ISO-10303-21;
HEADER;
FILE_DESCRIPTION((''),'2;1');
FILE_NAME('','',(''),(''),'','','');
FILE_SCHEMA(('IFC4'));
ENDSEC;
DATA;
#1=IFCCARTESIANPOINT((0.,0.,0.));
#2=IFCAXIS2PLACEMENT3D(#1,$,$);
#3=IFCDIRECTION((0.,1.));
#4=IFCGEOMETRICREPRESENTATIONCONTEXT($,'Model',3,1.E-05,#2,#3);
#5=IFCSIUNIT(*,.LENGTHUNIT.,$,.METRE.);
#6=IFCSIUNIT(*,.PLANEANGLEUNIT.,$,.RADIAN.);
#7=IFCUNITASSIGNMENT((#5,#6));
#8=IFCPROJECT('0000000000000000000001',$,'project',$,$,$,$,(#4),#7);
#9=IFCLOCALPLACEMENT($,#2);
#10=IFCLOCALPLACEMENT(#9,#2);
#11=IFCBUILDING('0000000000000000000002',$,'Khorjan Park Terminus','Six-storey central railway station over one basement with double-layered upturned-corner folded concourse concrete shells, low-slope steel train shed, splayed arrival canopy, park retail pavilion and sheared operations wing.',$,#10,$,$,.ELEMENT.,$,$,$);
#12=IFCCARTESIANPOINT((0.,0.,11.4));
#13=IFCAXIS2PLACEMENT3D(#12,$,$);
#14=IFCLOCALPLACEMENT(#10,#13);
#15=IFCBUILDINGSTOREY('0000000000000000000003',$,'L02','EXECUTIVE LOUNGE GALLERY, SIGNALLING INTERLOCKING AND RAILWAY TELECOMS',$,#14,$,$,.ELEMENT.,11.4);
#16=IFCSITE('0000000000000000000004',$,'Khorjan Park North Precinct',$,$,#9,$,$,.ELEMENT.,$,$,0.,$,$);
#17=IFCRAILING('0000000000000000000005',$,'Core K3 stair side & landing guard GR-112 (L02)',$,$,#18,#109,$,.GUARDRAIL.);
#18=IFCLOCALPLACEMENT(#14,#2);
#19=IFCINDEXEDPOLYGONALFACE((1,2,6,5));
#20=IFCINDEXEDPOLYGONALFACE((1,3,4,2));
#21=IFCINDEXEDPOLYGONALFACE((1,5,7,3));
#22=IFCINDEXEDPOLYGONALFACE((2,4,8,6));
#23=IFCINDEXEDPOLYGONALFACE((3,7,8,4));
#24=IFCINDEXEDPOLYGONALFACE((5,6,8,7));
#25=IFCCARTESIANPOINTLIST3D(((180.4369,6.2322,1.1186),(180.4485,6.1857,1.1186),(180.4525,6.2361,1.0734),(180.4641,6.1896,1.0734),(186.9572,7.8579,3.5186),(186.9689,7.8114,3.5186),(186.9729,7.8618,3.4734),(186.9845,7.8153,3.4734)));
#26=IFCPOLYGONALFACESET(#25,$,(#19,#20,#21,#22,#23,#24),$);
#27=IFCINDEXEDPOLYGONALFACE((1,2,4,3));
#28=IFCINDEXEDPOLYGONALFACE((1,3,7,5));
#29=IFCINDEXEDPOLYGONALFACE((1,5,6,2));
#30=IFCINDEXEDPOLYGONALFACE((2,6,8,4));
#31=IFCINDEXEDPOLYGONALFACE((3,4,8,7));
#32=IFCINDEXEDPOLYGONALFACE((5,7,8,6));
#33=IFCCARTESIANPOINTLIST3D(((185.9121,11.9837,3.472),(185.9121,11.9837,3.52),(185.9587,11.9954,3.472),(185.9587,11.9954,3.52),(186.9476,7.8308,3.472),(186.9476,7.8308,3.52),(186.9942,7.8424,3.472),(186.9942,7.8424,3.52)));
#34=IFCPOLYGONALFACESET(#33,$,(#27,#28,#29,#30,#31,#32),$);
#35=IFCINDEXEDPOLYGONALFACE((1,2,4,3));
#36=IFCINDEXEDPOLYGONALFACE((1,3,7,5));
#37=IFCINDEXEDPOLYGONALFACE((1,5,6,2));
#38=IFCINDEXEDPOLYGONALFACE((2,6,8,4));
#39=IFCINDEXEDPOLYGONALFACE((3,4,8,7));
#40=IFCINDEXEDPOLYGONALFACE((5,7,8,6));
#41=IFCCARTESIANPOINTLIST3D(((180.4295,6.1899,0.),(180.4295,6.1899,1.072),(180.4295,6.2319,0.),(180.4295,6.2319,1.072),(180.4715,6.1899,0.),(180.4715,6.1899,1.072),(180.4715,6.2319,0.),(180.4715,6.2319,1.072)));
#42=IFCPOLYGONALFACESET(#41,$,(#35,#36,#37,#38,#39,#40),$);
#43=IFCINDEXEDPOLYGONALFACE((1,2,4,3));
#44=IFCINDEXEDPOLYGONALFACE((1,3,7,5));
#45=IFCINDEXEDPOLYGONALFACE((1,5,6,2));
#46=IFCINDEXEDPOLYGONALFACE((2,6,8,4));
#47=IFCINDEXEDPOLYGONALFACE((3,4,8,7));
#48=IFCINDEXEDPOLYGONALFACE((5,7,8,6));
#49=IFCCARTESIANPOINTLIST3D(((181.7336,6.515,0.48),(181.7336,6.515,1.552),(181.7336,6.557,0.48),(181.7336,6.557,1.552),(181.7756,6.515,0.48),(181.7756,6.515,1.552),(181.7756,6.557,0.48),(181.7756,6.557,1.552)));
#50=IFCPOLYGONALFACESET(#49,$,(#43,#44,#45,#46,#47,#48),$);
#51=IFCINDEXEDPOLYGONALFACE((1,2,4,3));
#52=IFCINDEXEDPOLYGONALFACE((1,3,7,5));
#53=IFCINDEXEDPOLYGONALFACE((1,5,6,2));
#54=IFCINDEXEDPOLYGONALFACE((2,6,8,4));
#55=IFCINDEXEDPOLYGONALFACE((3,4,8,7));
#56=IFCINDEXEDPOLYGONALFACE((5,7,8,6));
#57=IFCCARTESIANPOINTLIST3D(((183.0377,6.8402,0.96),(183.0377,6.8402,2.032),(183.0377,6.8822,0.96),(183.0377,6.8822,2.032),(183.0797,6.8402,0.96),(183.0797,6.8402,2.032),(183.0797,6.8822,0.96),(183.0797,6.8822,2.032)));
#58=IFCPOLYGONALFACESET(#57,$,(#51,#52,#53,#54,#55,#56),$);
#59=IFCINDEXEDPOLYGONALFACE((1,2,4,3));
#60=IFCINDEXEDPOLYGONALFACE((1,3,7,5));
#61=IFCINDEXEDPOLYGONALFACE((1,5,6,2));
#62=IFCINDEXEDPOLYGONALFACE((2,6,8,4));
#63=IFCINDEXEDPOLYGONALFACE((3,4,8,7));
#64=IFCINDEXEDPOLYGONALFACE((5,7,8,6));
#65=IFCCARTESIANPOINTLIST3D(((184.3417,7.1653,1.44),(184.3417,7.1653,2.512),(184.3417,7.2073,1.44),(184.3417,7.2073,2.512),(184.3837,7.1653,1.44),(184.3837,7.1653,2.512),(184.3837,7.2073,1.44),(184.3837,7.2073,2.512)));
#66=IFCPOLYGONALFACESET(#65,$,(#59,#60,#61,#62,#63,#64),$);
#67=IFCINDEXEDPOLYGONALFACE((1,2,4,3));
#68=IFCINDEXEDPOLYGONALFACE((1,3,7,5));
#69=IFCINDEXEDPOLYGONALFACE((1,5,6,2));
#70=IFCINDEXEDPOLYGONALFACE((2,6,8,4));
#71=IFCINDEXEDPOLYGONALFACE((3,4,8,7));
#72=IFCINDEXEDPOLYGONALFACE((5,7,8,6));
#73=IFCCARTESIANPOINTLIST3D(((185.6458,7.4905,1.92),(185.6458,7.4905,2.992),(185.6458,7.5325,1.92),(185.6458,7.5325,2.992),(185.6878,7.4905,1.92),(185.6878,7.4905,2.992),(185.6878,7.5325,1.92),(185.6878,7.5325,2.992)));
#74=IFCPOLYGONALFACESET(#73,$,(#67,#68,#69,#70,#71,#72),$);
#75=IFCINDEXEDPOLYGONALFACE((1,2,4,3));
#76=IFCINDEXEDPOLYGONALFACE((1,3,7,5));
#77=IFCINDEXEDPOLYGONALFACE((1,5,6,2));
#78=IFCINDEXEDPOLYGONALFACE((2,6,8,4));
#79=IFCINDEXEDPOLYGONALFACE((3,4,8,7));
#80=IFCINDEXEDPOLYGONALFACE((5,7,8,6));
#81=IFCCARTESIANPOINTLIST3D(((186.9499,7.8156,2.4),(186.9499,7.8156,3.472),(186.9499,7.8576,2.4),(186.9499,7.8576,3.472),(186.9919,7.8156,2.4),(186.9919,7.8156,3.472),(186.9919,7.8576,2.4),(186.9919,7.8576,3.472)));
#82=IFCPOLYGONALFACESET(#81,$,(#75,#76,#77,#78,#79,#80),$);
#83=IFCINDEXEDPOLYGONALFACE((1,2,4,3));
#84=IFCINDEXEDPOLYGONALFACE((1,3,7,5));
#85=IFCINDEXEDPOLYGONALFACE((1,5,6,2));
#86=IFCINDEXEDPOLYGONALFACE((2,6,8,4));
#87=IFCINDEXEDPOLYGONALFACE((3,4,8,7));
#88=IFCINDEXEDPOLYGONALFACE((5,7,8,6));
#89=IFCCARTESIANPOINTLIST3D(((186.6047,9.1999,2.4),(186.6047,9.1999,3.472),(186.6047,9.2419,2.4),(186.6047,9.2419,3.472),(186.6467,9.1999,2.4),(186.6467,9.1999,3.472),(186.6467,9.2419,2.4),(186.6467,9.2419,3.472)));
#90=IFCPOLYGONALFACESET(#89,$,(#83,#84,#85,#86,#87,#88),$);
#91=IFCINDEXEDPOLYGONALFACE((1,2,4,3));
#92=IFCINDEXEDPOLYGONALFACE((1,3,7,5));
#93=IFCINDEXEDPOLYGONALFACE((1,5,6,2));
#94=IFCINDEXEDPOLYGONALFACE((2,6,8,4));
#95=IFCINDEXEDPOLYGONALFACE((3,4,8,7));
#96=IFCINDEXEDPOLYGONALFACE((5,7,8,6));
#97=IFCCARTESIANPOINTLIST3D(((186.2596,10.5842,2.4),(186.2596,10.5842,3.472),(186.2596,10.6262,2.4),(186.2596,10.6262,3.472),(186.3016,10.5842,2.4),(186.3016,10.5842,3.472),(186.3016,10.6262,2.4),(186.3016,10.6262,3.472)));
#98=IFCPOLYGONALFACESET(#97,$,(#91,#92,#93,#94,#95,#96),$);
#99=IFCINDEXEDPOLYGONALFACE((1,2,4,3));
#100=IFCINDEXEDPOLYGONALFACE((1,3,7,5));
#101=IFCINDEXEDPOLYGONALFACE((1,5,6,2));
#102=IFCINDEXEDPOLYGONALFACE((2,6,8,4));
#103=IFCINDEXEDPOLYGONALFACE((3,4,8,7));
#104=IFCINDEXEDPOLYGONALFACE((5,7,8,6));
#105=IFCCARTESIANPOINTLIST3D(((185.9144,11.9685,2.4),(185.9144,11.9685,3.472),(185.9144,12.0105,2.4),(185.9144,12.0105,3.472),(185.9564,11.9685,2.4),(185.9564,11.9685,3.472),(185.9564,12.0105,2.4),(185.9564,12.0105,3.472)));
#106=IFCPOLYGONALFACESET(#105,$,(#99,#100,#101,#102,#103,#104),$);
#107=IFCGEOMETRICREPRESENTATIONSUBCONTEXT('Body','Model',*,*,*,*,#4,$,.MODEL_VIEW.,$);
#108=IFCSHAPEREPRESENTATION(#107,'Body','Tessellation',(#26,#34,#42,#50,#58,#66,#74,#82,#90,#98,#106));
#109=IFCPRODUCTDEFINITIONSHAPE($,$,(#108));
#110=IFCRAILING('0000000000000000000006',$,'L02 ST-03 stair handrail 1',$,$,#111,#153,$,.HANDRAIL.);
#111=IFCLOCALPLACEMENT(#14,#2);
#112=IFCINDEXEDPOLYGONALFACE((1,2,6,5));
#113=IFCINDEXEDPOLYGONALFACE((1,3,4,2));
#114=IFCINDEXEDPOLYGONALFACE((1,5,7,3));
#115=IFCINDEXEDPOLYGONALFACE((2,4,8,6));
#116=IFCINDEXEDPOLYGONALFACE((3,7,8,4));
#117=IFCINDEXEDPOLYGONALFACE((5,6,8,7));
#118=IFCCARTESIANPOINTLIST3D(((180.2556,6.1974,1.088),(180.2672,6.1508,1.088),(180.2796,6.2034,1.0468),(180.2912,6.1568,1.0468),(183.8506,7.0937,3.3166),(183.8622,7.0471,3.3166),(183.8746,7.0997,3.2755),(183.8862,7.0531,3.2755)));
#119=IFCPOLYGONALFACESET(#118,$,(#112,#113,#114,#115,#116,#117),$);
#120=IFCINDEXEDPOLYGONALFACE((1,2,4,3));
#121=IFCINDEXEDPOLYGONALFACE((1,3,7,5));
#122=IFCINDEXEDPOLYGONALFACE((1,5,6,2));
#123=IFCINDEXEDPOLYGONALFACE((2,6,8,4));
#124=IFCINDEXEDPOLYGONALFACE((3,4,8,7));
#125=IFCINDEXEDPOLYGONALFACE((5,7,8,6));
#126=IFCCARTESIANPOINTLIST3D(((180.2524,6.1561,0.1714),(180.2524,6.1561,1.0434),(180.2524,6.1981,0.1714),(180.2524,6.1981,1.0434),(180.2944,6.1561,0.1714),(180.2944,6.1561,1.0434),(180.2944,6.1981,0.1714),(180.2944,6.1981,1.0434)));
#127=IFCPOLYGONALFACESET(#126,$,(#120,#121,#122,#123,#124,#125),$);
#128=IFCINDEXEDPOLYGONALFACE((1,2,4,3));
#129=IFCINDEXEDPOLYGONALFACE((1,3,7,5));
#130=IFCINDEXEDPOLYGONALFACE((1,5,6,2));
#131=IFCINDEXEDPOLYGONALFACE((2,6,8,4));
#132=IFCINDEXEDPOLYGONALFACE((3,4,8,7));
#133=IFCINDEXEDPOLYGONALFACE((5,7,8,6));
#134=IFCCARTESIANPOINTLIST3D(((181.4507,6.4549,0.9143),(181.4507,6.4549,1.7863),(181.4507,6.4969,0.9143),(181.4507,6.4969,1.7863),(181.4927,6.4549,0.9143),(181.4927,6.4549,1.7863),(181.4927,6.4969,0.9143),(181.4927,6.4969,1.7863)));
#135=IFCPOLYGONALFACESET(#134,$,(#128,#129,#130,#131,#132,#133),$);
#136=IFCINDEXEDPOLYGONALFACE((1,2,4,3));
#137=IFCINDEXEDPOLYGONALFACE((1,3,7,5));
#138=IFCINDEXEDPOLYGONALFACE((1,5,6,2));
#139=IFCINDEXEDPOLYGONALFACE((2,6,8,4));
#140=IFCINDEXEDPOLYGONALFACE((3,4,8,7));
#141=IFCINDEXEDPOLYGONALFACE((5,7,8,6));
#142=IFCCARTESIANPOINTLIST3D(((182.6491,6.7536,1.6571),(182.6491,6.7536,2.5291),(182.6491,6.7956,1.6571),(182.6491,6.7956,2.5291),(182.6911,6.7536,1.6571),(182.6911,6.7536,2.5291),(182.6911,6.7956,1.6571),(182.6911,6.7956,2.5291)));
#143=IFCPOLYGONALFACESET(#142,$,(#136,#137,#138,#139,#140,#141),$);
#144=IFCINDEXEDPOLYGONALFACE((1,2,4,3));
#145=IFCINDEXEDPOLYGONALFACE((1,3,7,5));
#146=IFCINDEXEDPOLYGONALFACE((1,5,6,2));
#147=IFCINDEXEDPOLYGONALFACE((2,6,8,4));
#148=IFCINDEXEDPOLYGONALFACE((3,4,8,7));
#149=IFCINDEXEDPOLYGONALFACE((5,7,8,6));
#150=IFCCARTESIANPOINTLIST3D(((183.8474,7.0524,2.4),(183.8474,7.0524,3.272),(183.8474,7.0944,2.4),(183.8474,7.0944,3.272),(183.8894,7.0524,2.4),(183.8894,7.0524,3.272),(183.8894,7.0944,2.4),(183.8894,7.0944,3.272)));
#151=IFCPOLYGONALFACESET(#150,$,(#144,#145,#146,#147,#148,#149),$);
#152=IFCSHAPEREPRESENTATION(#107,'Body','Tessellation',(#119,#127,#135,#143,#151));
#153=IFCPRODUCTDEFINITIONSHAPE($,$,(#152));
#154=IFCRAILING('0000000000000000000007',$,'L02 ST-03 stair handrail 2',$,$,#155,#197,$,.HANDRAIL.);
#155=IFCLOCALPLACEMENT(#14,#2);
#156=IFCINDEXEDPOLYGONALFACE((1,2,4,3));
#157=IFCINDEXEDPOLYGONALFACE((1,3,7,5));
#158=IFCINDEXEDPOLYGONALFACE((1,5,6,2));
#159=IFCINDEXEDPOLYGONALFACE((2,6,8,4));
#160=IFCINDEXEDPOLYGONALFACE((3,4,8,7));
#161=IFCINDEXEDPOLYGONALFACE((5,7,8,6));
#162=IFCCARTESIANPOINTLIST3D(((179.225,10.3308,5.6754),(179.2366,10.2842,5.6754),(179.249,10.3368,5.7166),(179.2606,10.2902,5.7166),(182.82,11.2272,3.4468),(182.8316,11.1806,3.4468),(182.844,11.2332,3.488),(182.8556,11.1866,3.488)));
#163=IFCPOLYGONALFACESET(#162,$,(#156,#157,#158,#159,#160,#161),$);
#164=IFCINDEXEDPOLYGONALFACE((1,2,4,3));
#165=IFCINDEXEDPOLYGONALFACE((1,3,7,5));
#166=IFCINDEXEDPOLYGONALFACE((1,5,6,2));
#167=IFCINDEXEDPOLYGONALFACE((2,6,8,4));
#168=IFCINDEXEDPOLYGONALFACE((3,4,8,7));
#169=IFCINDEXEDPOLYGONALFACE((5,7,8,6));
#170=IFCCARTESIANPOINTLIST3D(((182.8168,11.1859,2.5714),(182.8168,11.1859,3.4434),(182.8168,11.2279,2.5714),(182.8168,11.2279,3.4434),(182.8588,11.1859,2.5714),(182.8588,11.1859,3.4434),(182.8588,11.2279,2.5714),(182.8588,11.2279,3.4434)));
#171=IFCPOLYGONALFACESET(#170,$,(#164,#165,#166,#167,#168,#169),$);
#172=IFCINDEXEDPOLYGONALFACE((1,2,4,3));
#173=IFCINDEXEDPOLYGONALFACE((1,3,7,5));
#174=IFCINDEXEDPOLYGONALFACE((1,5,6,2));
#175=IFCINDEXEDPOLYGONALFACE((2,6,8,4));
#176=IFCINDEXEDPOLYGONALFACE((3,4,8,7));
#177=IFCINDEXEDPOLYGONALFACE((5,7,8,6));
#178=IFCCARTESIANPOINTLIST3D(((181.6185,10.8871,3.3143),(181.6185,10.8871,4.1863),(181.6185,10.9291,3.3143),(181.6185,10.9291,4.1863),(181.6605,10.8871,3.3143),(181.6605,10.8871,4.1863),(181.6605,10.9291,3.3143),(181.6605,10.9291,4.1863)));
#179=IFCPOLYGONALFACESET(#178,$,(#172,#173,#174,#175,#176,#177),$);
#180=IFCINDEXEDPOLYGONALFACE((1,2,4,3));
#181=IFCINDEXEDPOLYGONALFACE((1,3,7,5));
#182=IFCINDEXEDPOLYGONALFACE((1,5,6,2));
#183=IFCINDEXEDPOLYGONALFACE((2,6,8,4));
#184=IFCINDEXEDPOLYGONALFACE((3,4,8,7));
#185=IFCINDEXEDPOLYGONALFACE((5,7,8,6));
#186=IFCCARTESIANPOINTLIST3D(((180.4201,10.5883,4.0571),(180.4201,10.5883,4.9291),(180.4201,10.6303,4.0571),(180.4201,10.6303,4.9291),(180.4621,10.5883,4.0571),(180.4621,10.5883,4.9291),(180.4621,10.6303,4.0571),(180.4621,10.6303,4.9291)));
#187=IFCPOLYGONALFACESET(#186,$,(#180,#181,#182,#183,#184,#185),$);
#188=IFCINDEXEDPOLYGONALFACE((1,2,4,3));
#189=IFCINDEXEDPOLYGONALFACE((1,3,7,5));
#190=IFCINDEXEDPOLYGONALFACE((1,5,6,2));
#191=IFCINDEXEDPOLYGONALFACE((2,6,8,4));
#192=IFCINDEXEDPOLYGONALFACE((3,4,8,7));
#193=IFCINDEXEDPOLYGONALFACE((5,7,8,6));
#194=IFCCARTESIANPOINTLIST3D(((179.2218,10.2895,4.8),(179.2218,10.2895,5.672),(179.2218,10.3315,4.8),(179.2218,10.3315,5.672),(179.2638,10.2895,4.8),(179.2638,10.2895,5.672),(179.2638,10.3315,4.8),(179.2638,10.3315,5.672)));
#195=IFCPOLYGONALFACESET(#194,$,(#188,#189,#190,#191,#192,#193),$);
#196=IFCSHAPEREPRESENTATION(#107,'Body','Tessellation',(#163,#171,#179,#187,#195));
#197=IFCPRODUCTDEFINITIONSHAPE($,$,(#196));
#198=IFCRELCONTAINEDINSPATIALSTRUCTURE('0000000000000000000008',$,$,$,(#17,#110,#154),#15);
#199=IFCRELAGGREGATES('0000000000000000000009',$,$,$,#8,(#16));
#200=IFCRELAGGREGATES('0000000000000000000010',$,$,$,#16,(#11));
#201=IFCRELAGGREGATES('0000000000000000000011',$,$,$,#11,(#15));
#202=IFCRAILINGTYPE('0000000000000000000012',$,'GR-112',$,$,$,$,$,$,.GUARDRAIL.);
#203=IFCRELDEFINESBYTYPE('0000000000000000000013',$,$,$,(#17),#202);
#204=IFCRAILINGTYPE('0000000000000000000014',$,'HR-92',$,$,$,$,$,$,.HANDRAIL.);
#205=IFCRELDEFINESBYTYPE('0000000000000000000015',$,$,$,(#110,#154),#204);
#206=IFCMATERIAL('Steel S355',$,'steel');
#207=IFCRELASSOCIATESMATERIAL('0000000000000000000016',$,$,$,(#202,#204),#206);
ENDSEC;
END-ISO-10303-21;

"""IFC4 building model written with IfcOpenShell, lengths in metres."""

from ifc_helpers import new_model, si_unit, direction, frame, origin, origin_2d, place, context, subcontext, project, spatial, rectangle, extrude, material, type_object, element, save


model = new_model("IFC4")

# Units and contexts
model_context = context("Model", 3, precision=1e-05, world=origin(), true_north=direction((0.0, 1.0)))
body_context = subcontext(model_context, "Body", "Model", "MODEL_VIEW")
ifc_project = project(units=[si_unit("LENGTHUNIT", "METRE"), si_unit("PLANEANGLEUNIT", "RADIAN")], contexts=[model_context])

# Site, building, storey
site_placement = place(None, origin())
site = spatial("IfcSite", under=ifc_project, at=site_placement, Name="Khorjan Park North Precinct", CompositionType="ELEMENT", RefElevation=0.0)
building_placement = place(site_placement, origin())
building = spatial("IfcBuilding", under=site, at=building_placement, Name="Khorjan Park Terminus", Description="Six-storey central railway station over one basement with double-layered upturned-corner folded concourse concrete shells, low-slope steel train shed, splayed arrival canopy, park retail pavilion and sheared operations wing.", CompositionType="ELEMENT")
storey_placement = place(building_placement, frame((0.0, 0.0, 11.4)))
storey = spatial("IfcBuildingStorey", under=building, at=storey_placement, Name="L02", Description="EXECUTIVE LOUNGE GALLERY, SIGNALLING INTERLOCKING AND RAILWAY TELECOMS", CompositionType="ELEMENT", Elevation=11.4)

# Shared definitions
ifc_material_1 = material(Name="Steel S355", Category="steel")

# Railings
railing_type_1 = type_object("IfcRailingType", Name="GR-112", PredefinedType="GUARDRAIL", material=ifc_material_1)
railing_1_placement = place(storey_placement, frame((180.4505, 6.2109, 0.0)))
element("IfcRailing", 1, at=railing_1_placement, inside=storey, type_object=railing_type_1, Name="Core K3 stair side & landing guard GR-112 (L02)", PredefinedType="GUARDRAIL", context=body_context, shape_type="SweptSolid", body=[
    extrude(rectangle(XDim=0.048, YDim=0.048, at=origin_2d()), frame((0.0, 0.0, 1.096), z_axis=(0.913769, 0.227826, 0.336336), x_axis=(-0.241919, 0.970296, 0.0)), (0.0, 0.0, 1.0), 7.1357),
    extrude(rectangle(XDim=0.048, YDim=0.048, at=origin_2d()), frame((6.5204, 1.6257, 3.496), z_axis=(-0.241936, 0.970292, 0.0), x_axis=(-0.970292, -0.241936, 0.0)), (0.0, 0.0, 1.0), 4.2801),
    extrude(rectangle(XDim=0.042, YDim=0.042, at=origin_2d()), origin(), (0.0, 0.0, 1.0), 1.072),
    extrude(rectangle(XDim=0.042, YDim=0.042, at=origin_2d()), frame((1.3041, 0.3251, 0.48)), (0.0, 0.0, 1.0), 1.072),
    extrude(rectangle(XDim=0.042, YDim=0.042, at=origin_2d()), frame((2.6082, 0.6503, 0.96)), (0.0, 0.0, 1.0), 1.072),
    extrude(rectangle(XDim=0.042, YDim=0.042, at=origin_2d()), frame((3.9122, 0.9754, 1.44)), (0.0, 0.0, 1.0), 1.072),
    extrude(rectangle(XDim=0.042, YDim=0.042, at=origin_2d()), frame((5.2163, 1.3006, 1.92)), (0.0, 0.0, 1.0), 1.072),
    extrude(rectangle(XDim=0.042, YDim=0.042, at=origin_2d()), frame((6.5204, 1.6257, 2.4)), (0.0, 0.0, 1.0), 1.072),
    extrude(rectangle(XDim=0.042, YDim=0.042, at=origin_2d()), frame((6.1752, 3.01, 2.4)), (0.0, 0.0, 1.0), 1.072),
    extrude(rectangle(XDim=0.042, YDim=0.042, at=origin_2d()), frame((5.8301, 4.3943, 2.4)), (0.0, 0.0, 1.0), 1.072),
    extrude(rectangle(XDim=0.042, YDim=0.042, at=origin_2d()), frame((5.4849, 5.7786, 2.4)), (0.0, 0.0, 1.0), 1.072),
])
railing_type_2 = type_object("IfcRailingType", Name="HR-92", PredefinedType="HANDRAIL", material=ifc_material_1)
railing_2_placement = place(storey_placement, frame((180.2734, 6.1771, 0.1714)))
element("IfcRailing", 2, at=railing_2_placement, inside=storey, type_object=railing_type_2, Name="L02 ST-03 stair handrail 1", PredefinedType="HANDRAIL", context=body_context, shape_type="SweptSolid", body=[
    extrude(rectangle(XDim=0.048, YDim=0.048, at=origin_2d()), frame((0.0, 0.0, 0.896), z_axis=(0.831471, 0.207301, 0.515443), x_axis=(-0.241913, 0.970298, 0.0)), (0.0, 0.0, 1.0), 4.3237),
    extrude(rectangle(XDim=0.042, YDim=0.042, at=origin_2d()), origin(), (0.0, 0.0, 1.0), 0.872),
    extrude(rectangle(XDim=0.042, YDim=0.042, at=origin_2d()), frame((1.1983, 0.2988, 0.7429)), (0.0, 0.0, 1.0), 0.872),
    extrude(rectangle(XDim=0.042, YDim=0.042, at=origin_2d()), frame((2.3967, 0.5975, 1.4857)), (0.0, 0.0, 1.0), 0.872),
    extrude(rectangle(XDim=0.042, YDim=0.042, at=origin_2d()), frame((3.595, 0.8963, 2.2286)), (0.0, 0.0, 1.0), 0.872),
])
railing_3_placement = place(storey_placement, frame((182.8378, 11.2069, 2.5714)))
element("IfcRailing", 3, at=railing_3_placement, inside=storey, type_object=railing_type_2, Name="L02 ST-03 stair handrail 2", PredefinedType="HANDRAIL", context=body_context, shape_type="SweptSolid", body=[
    extrude(rectangle(XDim=0.048, YDim=0.048, at=origin_2d()), frame((0.0, 0.0, 0.896), z_axis=(-0.831467, -0.207323, 0.51544), x_axis=(0.241939, -0.970292, 0.0)), (0.0, 0.0, 1.0), 4.3237),
    extrude(rectangle(XDim=0.042, YDim=0.042, at=origin_2d()), origin(), (0.0, 0.0, 1.0), 0.872),
    extrude(rectangle(XDim=0.042, YDim=0.042, at=origin_2d()), frame((-1.1983, -0.2988, 0.7429)), (0.0, 0.0, 1.0), 0.872),
    extrude(rectangle(XDim=0.042, YDim=0.042, at=origin_2d()), frame((-2.3967, -0.5976, 1.4857)), (0.0, 0.0, 1.0), 0.872),
    extrude(rectangle(XDim=0.042, YDim=0.042, at=origin_2d()), frame((-3.595, -0.8964, 2.2286)), (0.0, 0.0, 1.0), 0.872),
])

save(model, "model.ifc")
